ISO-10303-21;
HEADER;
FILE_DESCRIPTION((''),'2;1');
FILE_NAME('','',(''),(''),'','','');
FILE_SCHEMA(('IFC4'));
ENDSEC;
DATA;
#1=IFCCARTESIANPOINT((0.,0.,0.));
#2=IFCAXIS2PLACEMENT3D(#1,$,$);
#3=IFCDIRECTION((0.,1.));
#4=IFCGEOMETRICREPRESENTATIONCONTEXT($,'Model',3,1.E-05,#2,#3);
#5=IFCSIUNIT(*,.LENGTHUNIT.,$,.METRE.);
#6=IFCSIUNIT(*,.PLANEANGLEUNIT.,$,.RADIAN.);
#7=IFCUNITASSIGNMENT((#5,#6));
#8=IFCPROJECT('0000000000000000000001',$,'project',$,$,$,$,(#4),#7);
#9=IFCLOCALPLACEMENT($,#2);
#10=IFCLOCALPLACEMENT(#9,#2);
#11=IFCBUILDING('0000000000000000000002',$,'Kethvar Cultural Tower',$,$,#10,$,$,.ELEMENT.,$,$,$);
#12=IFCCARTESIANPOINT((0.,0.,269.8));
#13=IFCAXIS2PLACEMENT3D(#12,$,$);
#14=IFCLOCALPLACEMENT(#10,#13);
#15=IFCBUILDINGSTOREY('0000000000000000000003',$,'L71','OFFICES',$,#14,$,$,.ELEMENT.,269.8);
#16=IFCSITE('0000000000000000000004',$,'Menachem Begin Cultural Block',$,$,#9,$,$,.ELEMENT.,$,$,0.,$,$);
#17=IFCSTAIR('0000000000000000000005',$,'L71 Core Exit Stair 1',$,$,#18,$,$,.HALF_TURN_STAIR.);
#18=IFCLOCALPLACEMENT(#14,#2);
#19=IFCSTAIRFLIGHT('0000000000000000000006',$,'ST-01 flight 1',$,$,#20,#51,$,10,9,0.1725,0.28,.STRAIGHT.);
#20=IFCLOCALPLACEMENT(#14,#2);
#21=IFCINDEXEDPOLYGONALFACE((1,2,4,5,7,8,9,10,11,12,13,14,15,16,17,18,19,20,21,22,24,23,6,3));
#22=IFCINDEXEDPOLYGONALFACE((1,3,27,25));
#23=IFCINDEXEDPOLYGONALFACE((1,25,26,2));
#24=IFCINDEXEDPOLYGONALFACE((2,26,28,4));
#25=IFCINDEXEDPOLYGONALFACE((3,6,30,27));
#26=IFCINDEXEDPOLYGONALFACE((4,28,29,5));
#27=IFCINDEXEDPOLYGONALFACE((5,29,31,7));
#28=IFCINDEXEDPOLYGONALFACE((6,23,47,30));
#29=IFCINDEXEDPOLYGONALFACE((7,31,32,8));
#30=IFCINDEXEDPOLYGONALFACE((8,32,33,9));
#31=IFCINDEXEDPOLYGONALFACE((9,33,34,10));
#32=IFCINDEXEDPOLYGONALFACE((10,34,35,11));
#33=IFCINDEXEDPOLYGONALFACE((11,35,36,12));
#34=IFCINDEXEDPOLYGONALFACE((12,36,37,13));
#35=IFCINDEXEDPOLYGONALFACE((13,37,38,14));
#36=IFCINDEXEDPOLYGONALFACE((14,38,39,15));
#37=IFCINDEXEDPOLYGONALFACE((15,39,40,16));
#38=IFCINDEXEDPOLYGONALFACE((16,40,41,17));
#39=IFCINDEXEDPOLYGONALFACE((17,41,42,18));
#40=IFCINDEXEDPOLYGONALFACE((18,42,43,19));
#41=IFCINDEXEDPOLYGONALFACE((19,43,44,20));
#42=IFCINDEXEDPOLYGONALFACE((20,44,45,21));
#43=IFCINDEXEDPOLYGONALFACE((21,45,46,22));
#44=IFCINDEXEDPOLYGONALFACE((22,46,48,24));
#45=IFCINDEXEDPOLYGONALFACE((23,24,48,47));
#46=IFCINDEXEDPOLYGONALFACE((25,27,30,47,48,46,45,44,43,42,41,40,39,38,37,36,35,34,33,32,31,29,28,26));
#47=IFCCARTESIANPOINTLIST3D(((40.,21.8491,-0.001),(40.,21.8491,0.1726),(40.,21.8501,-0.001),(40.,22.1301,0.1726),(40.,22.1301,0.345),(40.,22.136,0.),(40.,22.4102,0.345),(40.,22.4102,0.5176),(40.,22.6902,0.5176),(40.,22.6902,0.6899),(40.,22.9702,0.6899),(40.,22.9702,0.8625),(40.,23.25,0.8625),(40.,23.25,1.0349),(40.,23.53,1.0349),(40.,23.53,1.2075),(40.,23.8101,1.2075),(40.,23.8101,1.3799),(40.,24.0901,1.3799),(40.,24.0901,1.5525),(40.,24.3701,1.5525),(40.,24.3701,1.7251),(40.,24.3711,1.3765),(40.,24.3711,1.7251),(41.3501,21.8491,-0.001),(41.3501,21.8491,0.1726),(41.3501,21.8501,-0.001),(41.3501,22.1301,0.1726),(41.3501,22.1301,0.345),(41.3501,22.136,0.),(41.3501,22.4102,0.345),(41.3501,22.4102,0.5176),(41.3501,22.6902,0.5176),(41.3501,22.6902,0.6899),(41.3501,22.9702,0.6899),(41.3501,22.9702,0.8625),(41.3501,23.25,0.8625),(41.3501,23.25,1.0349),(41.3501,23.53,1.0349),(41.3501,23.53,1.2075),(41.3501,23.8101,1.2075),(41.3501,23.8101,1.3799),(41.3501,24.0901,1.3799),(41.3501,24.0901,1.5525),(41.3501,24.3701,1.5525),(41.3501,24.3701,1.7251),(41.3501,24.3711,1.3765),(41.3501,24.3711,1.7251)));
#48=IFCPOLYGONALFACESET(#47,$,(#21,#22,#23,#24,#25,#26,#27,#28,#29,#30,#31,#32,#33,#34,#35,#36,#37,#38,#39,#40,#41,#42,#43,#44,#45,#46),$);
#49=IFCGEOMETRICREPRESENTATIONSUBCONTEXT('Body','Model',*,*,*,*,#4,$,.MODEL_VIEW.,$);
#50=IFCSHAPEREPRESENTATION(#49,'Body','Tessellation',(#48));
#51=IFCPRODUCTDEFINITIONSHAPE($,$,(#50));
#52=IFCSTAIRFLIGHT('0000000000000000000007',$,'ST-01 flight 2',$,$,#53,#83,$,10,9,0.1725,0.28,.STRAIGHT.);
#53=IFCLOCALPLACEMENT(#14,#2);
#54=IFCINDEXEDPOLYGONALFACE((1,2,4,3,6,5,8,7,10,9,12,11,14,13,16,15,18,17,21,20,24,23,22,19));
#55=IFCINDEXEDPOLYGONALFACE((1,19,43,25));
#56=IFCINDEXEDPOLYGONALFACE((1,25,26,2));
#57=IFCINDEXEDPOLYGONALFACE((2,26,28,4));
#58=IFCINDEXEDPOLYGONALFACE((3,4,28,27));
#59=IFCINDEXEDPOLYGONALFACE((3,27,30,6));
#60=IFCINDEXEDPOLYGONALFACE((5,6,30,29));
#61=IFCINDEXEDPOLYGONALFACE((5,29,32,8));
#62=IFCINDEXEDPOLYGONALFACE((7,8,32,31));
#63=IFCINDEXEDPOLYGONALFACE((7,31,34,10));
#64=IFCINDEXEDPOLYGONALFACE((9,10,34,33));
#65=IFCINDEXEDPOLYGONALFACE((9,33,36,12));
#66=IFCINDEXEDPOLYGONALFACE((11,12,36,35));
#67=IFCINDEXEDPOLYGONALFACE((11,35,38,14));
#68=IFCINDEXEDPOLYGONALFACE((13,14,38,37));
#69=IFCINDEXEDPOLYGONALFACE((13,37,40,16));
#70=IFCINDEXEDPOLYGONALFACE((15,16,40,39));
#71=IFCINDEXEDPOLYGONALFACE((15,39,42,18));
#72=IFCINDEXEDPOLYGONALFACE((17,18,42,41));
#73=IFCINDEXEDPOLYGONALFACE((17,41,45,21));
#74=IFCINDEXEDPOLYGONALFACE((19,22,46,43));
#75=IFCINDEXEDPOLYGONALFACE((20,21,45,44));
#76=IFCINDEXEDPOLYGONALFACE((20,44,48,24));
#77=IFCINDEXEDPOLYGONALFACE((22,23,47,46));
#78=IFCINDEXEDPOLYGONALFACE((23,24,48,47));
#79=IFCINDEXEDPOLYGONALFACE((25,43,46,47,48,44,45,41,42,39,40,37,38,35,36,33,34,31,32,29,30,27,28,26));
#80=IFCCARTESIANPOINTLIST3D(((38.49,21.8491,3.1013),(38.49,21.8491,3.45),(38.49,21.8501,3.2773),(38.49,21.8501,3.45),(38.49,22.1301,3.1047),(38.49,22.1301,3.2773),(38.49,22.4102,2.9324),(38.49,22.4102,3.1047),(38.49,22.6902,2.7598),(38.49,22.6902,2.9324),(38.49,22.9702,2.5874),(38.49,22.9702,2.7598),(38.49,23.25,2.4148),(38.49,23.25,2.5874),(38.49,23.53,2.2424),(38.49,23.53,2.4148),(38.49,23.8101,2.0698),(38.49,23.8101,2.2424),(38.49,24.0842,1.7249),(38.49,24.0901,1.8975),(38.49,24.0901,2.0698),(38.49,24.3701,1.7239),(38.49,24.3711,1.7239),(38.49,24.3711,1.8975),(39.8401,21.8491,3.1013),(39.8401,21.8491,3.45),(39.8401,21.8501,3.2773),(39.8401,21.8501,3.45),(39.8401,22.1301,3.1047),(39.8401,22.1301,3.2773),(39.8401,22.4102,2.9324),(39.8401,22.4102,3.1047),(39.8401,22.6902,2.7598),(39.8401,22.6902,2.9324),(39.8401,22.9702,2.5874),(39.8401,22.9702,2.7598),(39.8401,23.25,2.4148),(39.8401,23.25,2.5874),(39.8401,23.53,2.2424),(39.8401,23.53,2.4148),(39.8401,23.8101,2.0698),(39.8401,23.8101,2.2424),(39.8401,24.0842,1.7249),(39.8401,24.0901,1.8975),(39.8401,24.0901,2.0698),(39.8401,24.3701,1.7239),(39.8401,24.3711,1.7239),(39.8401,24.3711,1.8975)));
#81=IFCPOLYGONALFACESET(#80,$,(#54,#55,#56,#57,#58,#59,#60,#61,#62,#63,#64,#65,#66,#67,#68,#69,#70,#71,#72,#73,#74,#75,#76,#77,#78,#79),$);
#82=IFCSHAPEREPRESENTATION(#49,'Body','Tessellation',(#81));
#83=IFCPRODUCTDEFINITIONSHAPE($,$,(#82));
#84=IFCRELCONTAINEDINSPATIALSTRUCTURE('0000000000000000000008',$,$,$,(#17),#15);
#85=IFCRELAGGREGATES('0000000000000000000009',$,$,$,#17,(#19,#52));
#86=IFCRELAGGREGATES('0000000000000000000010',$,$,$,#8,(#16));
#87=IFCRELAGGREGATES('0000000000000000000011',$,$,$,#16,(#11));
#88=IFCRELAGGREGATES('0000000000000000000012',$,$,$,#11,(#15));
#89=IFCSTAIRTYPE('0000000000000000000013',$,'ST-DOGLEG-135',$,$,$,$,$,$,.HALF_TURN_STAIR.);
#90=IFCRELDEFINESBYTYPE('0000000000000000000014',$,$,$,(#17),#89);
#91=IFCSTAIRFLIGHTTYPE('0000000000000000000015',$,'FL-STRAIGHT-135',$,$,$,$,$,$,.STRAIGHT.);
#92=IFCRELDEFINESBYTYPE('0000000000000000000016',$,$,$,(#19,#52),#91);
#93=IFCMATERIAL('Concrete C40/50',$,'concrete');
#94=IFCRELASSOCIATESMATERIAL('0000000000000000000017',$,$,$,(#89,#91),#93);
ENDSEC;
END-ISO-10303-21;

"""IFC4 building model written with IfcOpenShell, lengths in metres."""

from ifc_helpers import new_model, si_unit, direction, frame, origin, place, context, subcontext, project, spatial, polyline, outline, extrude, material, type_object, element, aggregate, save


model = new_model("IFC4")

# Units and contexts
model_context = context("Model", 3, precision=1e-05, world=origin(), true_north=direction((0.0, 1.0)))
body_context = subcontext(model_context, "Body", "Model", "MODEL_VIEW")
ifc_project = project(units=[si_unit("LENGTHUNIT", "METRE"), si_unit("PLANEANGLEUNIT", "RADIAN")], contexts=[model_context])

# Site, building, storey
site_placement = place(None, origin())
site = spatial("IfcSite", under=ifc_project, at=site_placement, Name="Menachem Begin Cultural Block", CompositionType="ELEMENT", RefElevation=0.0)
building_placement = place(site_placement, origin())
building = spatial("IfcBuilding", under=site, at=building_placement, Name="Kethvar Cultural Tower", CompositionType="ELEMENT")
storey_placement = place(building_placement, frame((0.0, 0.0, 269.8)))
storey = spatial("IfcBuildingStorey", under=building, at=storey_placement, Name="L71", Description="OFFICES", CompositionType="ELEMENT", Elevation=269.8)

# Stair, stair flights
ifc_material_1 = material(Name="Concrete C40/50", Category="concrete")
stair_type = type_object("IfcStairType", Name="ST-DOGLEG-135", PredefinedType="HALF_TURN_STAIR", material=ifc_material_1)
stair_placement = place(storey_placement, origin())
stair = element("IfcStair", 1, at=stair_placement, inside=storey, type_object=stair_type, Name="L71 Core Exit Stair 1", PredefinedType="HALF_TURN_STAIR")
stair_flight_type = type_object("IfcStairFlightType", Name="FL-STRAIGHT-135", PredefinedType="STRAIGHT", material=ifc_material_1)
stair_flight_1_placement = place(storey_placement, frame((40.675, 21.8501, 0.0), z_axis=(0.0, 0.0, 1.0), x_axis=(0.0, 1.0, 0.0)))
stair_flight_1 = element("IfcStairFlight", 2, at=stair_flight_1_placement, type_object=stair_flight_type, Name="ST-01 flight 1", NumberOfRisers=10, NumberOfTreads=9, PredefinedType="STRAIGHT", RiserHeight=0.1725, TreadLength=0.28, context=body_context, shape_type="SweptSolid", body=[
    extrude(outline(polyline([(-0.001, -0.001), (-0.001, 0.1726), (0.28, 0.1726), (0.28, 0.345), (0.5601, 0.345), (0.5601, 0.5176), (0.8401, 0.5176), (0.8401, 0.6899), (1.1201, 0.6899), (1.1201, 0.8625), (1.3999, 0.8625), (1.3999, 1.0349), (1.6799, 1.0349), (1.6799, 1.2075), (1.96, 1.2075), (1.96, 1.3799), (2.24, 1.3799), (2.24, 1.5525), (2.52, 1.5525), (2.52, 1.7251), (2.521, 1.7251), (2.521, 1.3765), (0.2859, 0.0), (0.0, -0.001), (-0.001, -0.001)])), frame((0.0, 0.675, 0.0), z_axis=(0.0, -1.0, 0.0), x_axis=(1.0, 0.0, 0.0)), (0.0, 0.0, 1.0), 1.3501),
])
stair_flight_2_placement = place(storey_placement, frame((39.165, 24.3701, 1.7249), z_axis=(0.0, 0.0, 1.0), x_axis=(0.0, -1.0, 0.0)))
stair_flight_2 = element("IfcStairFlight", 3, at=stair_flight_2_placement, type_object=stair_flight_type, Name="ST-01 flight 2", NumberOfRisers=10, NumberOfTreads=9, PredefinedType="STRAIGHT", RiserHeight=0.1725, TreadLength=0.28, context=body_context, shape_type="SweptSolid", body=[
    extrude(outline(polyline([(-0.001, -0.001), (-0.001, 0.1726), (0.28, 0.1726), (0.28, 0.345), (0.5601, 0.345), (0.5601, 0.5176), (0.8401, 0.5176), (0.8401, 0.6899), (1.1201, 0.6899), (1.1201, 0.8625), (1.3999, 0.8625), (1.3999, 1.0349), (1.6799, 1.0349), (1.6799, 1.2075), (1.96, 1.2075), (1.96, 1.3799), (2.24, 1.3799), (2.24, 1.5525), (2.52, 1.5525), (2.52, 1.7251), (2.521, 1.7251), (2.521, 1.3765), (0.2859, 0.0), (0.0, -0.001), (-0.001, -0.001)])), frame((0.0, 0.675, 0.0), z_axis=(0.0, -1.0, 0.0), x_axis=(1.0, 0.0, 0.0)), (0.0, 0.0, 1.0), 1.3501),
])
aggregate(stair, [stair_flight_1, stair_flight_2])

save(model, "model.ifc")
